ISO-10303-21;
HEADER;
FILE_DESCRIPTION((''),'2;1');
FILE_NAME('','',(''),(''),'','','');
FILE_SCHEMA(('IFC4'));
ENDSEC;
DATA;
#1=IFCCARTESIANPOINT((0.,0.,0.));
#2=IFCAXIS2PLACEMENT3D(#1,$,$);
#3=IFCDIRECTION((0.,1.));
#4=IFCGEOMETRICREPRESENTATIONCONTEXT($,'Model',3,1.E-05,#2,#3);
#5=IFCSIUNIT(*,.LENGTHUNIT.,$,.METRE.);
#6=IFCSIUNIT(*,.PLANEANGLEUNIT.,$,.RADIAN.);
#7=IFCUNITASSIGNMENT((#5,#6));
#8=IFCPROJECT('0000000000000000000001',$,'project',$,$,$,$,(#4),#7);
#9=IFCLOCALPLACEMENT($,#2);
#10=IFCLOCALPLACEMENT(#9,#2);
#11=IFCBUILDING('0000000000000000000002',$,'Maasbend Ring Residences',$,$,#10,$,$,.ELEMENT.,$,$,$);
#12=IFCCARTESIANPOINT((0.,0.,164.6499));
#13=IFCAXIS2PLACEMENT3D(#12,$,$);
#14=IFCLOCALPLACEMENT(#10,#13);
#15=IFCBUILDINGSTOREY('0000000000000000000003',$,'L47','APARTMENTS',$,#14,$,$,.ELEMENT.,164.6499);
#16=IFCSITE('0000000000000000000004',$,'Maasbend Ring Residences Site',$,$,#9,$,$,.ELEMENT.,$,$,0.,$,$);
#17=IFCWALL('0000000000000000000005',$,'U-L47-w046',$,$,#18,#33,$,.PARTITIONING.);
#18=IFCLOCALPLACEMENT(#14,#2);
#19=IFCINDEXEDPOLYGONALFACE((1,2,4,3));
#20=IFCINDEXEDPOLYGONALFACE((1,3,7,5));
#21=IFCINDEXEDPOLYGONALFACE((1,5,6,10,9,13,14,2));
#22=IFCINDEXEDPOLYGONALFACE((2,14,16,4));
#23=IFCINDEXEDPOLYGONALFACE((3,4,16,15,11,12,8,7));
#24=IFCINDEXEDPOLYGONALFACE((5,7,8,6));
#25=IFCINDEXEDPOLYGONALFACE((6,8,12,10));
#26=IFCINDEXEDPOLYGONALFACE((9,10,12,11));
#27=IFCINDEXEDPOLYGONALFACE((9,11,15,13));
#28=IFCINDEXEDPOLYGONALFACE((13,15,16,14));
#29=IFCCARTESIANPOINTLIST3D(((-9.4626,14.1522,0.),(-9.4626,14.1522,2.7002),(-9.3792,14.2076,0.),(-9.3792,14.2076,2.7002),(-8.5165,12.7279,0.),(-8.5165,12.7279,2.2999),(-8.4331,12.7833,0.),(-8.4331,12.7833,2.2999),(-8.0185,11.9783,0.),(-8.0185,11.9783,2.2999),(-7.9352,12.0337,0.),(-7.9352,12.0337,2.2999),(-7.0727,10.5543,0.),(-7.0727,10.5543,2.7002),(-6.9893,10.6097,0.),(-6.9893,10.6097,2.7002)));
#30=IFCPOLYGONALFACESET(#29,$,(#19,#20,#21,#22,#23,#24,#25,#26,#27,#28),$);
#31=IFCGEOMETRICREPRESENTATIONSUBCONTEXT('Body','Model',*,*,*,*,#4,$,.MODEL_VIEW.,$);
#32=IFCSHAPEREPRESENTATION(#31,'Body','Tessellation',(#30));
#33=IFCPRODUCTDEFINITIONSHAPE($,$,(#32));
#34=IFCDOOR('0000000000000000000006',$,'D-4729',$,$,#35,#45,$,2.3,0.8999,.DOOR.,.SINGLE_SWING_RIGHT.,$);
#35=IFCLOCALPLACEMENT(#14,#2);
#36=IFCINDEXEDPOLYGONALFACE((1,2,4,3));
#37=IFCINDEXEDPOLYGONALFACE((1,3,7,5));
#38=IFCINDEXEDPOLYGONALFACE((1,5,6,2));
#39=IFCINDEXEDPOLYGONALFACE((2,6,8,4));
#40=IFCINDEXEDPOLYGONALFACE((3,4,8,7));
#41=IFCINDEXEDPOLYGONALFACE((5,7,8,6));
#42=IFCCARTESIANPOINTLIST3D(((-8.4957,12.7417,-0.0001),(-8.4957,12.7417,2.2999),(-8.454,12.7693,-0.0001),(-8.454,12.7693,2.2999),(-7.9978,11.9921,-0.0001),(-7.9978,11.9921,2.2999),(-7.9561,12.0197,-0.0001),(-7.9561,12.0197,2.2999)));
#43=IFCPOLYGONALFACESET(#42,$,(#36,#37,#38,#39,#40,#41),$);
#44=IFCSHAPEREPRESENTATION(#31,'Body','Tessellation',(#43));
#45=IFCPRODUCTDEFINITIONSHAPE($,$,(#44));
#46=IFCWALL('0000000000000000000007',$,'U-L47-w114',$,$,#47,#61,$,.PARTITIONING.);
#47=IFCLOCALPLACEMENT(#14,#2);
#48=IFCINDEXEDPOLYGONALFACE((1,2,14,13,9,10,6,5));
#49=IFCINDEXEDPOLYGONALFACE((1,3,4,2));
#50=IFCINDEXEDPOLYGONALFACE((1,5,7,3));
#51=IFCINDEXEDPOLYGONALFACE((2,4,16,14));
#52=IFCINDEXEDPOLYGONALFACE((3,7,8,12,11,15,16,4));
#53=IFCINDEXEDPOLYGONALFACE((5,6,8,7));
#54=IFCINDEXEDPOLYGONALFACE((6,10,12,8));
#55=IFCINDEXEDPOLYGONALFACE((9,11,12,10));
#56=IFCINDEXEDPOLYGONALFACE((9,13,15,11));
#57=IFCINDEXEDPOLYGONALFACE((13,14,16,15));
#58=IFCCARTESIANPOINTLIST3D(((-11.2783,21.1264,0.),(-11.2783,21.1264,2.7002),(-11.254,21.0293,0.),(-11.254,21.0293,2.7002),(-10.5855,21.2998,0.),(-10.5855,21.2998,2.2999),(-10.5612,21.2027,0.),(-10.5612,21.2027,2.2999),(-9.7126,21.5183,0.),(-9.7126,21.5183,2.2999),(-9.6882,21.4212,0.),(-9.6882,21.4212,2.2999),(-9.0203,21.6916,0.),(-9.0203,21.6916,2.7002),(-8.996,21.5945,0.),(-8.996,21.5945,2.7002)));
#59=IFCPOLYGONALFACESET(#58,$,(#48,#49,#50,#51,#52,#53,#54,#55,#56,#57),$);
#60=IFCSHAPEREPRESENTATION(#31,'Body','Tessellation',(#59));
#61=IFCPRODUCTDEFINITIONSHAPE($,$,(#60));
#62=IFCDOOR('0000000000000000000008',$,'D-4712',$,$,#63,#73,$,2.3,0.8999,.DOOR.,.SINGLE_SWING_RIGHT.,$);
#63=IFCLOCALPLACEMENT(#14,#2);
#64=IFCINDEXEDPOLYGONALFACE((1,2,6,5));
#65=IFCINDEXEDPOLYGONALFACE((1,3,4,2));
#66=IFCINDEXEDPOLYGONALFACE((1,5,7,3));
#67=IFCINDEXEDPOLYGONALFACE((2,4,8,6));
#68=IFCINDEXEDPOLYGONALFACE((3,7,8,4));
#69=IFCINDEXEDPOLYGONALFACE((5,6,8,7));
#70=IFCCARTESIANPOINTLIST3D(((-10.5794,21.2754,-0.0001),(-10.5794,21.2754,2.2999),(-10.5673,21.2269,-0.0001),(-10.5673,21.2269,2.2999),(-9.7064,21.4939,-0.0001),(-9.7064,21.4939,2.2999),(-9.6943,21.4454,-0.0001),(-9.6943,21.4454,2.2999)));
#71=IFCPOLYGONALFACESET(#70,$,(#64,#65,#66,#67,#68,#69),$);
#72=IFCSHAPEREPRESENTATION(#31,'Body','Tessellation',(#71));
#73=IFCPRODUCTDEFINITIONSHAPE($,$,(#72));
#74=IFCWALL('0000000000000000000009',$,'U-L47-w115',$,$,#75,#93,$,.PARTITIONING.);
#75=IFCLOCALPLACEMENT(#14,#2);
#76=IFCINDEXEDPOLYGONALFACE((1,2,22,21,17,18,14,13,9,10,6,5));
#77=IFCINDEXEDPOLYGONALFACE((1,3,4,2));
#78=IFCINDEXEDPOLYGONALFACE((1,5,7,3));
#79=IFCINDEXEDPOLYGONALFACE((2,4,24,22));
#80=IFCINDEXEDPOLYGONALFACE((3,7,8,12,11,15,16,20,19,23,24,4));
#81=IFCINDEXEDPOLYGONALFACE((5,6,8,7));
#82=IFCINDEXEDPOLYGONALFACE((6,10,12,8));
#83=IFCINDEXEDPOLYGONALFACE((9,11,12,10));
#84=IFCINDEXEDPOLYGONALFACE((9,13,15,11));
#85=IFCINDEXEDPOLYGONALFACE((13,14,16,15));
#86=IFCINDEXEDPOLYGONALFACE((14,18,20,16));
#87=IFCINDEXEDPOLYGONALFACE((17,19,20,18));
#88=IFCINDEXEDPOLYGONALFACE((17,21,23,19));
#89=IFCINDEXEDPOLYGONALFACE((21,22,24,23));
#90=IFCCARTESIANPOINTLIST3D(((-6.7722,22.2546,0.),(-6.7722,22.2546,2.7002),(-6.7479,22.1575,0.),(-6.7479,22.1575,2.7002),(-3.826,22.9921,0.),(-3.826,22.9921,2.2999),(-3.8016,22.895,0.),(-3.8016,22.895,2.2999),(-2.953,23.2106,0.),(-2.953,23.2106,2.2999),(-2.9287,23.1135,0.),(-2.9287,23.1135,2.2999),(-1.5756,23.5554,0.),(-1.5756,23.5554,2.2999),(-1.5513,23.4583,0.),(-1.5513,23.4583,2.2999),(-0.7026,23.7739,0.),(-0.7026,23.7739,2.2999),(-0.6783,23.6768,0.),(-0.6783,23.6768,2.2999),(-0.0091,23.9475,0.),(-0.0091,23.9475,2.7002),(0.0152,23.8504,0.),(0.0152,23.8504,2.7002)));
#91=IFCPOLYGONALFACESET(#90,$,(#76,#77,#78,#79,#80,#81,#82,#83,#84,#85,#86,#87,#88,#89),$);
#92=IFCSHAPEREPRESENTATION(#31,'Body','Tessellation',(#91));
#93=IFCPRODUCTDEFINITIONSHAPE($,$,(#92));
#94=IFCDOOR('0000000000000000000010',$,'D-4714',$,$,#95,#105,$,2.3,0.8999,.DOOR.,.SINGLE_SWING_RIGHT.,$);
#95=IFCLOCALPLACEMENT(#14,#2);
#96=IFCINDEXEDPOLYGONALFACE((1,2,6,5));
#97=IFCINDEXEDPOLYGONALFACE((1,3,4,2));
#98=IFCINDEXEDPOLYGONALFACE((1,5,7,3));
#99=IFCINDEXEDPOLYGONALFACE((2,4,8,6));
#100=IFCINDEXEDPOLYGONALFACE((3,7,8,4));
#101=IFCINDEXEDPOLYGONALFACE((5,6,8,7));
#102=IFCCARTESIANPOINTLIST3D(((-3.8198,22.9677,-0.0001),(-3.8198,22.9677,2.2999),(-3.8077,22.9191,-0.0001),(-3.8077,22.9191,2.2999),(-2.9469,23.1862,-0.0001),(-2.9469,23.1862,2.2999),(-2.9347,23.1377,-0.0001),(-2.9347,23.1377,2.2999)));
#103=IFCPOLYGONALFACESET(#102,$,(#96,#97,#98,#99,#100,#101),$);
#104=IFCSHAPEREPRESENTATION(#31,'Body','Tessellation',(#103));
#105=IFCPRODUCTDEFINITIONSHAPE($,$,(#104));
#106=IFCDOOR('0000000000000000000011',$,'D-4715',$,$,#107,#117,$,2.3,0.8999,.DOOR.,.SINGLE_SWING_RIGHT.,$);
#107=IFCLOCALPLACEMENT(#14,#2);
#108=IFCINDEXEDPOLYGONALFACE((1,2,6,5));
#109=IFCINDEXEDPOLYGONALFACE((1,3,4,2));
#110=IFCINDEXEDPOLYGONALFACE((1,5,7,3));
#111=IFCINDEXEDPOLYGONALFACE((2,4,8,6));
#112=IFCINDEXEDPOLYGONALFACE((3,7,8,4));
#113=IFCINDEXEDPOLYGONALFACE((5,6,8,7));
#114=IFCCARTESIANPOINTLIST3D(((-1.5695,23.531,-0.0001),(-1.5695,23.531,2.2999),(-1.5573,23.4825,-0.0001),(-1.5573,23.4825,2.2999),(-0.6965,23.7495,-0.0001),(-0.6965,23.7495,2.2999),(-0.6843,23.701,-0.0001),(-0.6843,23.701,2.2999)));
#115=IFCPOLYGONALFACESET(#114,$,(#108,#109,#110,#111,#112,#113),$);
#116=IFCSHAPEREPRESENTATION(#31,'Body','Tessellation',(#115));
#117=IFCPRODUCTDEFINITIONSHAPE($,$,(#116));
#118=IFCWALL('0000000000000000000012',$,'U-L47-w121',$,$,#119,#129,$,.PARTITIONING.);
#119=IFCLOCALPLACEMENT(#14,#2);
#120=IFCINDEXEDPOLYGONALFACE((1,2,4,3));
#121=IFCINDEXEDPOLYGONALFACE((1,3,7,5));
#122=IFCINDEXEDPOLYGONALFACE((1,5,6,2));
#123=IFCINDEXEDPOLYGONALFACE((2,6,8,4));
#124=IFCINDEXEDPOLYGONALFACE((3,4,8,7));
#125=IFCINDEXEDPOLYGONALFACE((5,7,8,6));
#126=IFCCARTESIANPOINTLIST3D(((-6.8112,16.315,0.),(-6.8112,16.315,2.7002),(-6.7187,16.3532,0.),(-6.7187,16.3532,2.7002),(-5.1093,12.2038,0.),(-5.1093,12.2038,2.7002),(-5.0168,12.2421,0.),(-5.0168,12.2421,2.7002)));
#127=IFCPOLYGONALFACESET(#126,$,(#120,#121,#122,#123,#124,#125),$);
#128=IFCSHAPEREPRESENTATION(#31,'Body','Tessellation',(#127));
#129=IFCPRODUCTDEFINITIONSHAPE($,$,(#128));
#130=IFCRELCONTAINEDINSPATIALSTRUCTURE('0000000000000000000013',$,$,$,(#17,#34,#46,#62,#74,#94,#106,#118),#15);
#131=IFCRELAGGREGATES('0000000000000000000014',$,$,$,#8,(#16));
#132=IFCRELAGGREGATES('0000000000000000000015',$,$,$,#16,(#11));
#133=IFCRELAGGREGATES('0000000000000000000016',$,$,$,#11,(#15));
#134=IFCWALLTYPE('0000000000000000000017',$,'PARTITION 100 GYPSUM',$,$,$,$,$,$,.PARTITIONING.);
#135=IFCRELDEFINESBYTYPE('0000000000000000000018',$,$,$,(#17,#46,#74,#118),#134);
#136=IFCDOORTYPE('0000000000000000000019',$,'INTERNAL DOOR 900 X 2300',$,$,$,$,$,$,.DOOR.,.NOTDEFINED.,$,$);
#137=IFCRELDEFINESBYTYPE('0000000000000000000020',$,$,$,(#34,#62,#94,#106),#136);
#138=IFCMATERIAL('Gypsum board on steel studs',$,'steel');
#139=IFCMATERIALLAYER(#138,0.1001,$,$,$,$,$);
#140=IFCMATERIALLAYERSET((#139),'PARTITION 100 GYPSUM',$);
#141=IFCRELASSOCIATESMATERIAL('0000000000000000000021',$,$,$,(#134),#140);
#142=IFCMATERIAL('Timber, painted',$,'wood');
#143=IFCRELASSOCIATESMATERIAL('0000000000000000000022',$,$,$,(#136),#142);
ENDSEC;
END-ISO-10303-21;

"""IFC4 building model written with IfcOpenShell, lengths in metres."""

from ifc_helpers import new_model, si_unit, direction, frame, frame_2d, origin, place, context, subcontext, project, spatial, rectangle, extrude, material, layer, layer_set, type_object, element, fill, save


model = new_model("IFC4")

# Units and contexts
model_context = context("Model", 3, precision=1e-05, world=origin(), true_north=direction((0.0, 1.0)))
body_context = subcontext(model_context, "Body", "Model", "MODEL_VIEW")
ifc_project = project(units=[si_unit("LENGTHUNIT", "METRE"), si_unit("PLANEANGLEUNIT", "RADIAN")], contexts=[model_context])

# Site, building, storey
site_placement = place(None, origin())
site = spatial("IfcSite", under=ifc_project, at=site_placement, Name="Maasbend Ring Residences Site", CompositionType="ELEMENT", RefElevation=0.0)
building_placement = place(site_placement, origin())
building = spatial("IfcBuilding", under=site, at=building_placement, Name="Maasbend Ring Residences", CompositionType="ELEMENT")
storey_placement = place(building_placement, frame((0.0, 0.0, 164.6499)))
storey = spatial("IfcBuildingStorey", under=building, at=storey_placement, Name="L47", Description="APARTMENTS", CompositionType="ELEMENT", Elevation=164.6499)

# Shared definitions
ifc_material_1 = material(Name="Gypsum board on steel studs", Category="steel")
ifc_layer_1 = layer(ifc_material_1, 0.1001)
ifc_layer_set_1 = layer_set([ifc_layer_1], Name="PARTITION 100 GYPSUM")
wall_type_1 = type_object("IfcWallType", Name="PARTITION 100 GYPSUM", PredefinedType="PARTITIONING", material=ifc_layer_set_1)

# Walls, openings, doors
ifc_material_2 = material(Name="Timber, painted", Category="wood")
door_type_1 = type_object("IfcDoorType", Name="INTERNAL DOOR 900 X 2300", OperationType="NOTDEFINED", PredefinedType="DOOR", material=ifc_material_2)
wall_1_placement = place(storey_placement, frame((-9.4209, 14.1799, 0.0), z_axis=(0.0, 0.0, 1.0), x_axis=(0.553304, -0.83298, 0.0)))
wall_1 = element("IfcWall", 1, at=wall_1_placement, inside=storey, type_object=wall_type_1, Name="U-L47-w046", PredefinedType="PARTITIONING", context=body_context, shape_type="SweptSolid", body=[
    extrude(rectangle(XDim=4.3193, YDim=0.1001, at=frame_2d((2.1597, 0.0))), origin(), (0.0, 0.0, 1.0), 2.7002),
])
opening_1_placement = place(wall_1_placement, frame((1.71, 0.0, 0.0)))
opening_1 = element("IfcOpeningElement", 2, at=opening_1_placement, cuts=wall_1, PredefinedType="OPENING", context=body_context, shape_type="SweptSolid", body=[
    extrude(rectangle(XDim=0.8999, YDim=2.3, at=frame_2d((0.45, 1.1499))), frame((0.0, 0.0601, 0.0), z_axis=(0.0, -1.0, 0.0), x_axis=(1.0, 0.0, 0.0)), (0.0, 0.0, 1.0), 0.1201),
])
door_1_placement = place(opening_1_placement, origin())
door_1 = element("IfcDoor", 3, at=door_1_placement, inside=storey, type_object=door_type_1, Name="D-4729", OperationType="SINGLE_SWING_RIGHT", OverallHeight=2.3, OverallWidth=0.8999, PredefinedType="DOOR", context=body_context, shape_type="SweptSolid", body=[
    extrude(rectangle(XDim=0.8999, YDim=2.3, at=frame_2d((0.45, 1.1499))), frame((0.0, 0.0249, 0.0), z_axis=(0.0, -1.0, 0.0), x_axis=(1.0, 0.0, 0.0)), (0.0, 0.0, 1.0), 0.05),
])
fill(opening_1, door_1)
wall_2_placement = place(storey_placement, frame((-11.2661, 21.0779, 0.0), z_axis=(0.0, 0.0, 1.0), x_axis=(0.970075, 0.242807, 0.0)))
wall_2 = element("IfcWall", 4, at=wall_2_placement, inside=storey, type_object=wall_type_1, Name="U-L47-w114", PredefinedType="PARTITIONING", context=body_context, shape_type="SweptSolid", body=[
    extrude(rectangle(XDim=2.3276, YDim=0.1001, at=frame_2d((1.1638, 0.0))), origin(), (0.0, 0.0, 1.0), 2.7002),
])
opening_2_placement = place(wall_2_placement, frame((0.7141, 0.0, 0.0)))
opening_2 = element("IfcOpeningElement", 5, at=opening_2_placement, cuts=wall_2, PredefinedType="OPENING", context=body_context, shape_type="SweptSolid", body=[
    extrude(rectangle(XDim=0.8999, YDim=2.3, at=frame_2d((0.45, 1.1499))), frame((0.0, 0.0601, 0.0), z_axis=(0.0, -1.0, 0.0), x_axis=(1.0, 0.0, 0.0)), (0.0, 0.0, 1.0), 0.1201),
])
door_2_placement = place(opening_2_placement, origin())
door_2 = element("IfcDoor", 6, at=door_2_placement, inside=storey, type_object=door_type_1, Name="D-4712", OperationType="SINGLE_SWING_RIGHT", OverallHeight=2.3, OverallWidth=0.8999, PredefinedType="DOOR", context=body_context, shape_type="SweptSolid", body=[
    extrude(rectangle(XDim=0.8999, YDim=2.3, at=frame_2d((0.45, 1.1499))), frame((0.0, 0.0249, 0.0), z_axis=(0.0, -1.0, 0.0), x_axis=(1.0, 0.0, 0.0)), (0.0, 0.0, 1.0), 0.05),
])
fill(opening_2, door_2)

# Wall, openings, doors
wall_3_placement = place(storey_placement, frame((-6.76, 22.2061, 0.0), z_axis=(0.0, 0.0, 1.0), x_axis=(0.97007, 0.242824, 0.0)))
wall_3 = element("IfcWall", 7, at=wall_3_placement, inside=storey, type_object=wall_type_1, Name="U-L47-w115", PredefinedType="PARTITIONING", context=body_context, shape_type="SweptSolid", body=[
    extrude(rectangle(XDim=6.9717, YDim=0.1001, at=frame_2d((3.4858, 0.0))), origin(), (0.0, 0.0, 1.0), 2.7002),
])
opening_3_placement = place(wall_3_placement, frame((3.0371, 0.0, 0.0)))
opening_3 = element("IfcOpeningElement", 8, at=opening_3_placement, cuts=wall_3, PredefinedType="OPENING", context=body_context, shape_type="SweptSolid", body=[
    extrude(rectangle(XDim=0.8999, YDim=2.3, at=frame_2d((0.45, 1.1499))), frame((0.0, 0.0601, 0.0), z_axis=(0.0, -1.0, 0.0), x_axis=(1.0, 0.0, 0.0)), (0.0, 0.0, 1.0), 0.1201),
])
opening_4_placement = place(wall_3_placement, frame((5.3569, 0.0, 0.0)))
opening_4 = element("IfcOpeningElement", 9, at=opening_4_placement, cuts=wall_3, PredefinedType="OPENING", context=body_context, shape_type="SweptSolid", body=[
    extrude(rectangle(XDim=0.8999, YDim=2.3, at=frame_2d((0.45, 1.1499))), frame((0.0, 0.0601, 0.0), z_axis=(0.0, -1.0, 0.0), x_axis=(1.0, 0.0, 0.0)), (0.0, 0.0, 1.0), 0.1201),
])
door_3_placement = place(opening_3_placement, origin())
door_3 = element("IfcDoor", 10, at=door_3_placement, inside=storey, type_object=door_type_1, Name="D-4714", OperationType="SINGLE_SWING_RIGHT", OverallHeight=2.3, OverallWidth=0.8999, PredefinedType="DOOR", context=body_context, shape_type="SweptSolid", body=[
    extrude(rectangle(XDim=0.8999, YDim=2.3, at=frame_2d((0.45, 1.1499))), frame((0.0, 0.0249, 0.0), z_axis=(0.0, -1.0, 0.0), x_axis=(1.0, 0.0, 0.0)), (0.0, 0.0, 1.0), 0.05),
])
fill(opening_3, door_3)
door_4_placement = place(opening_4_placement, origin())
door_4 = element("IfcDoor", 11, at=door_4_placement, inside=storey, type_object=door_type_1, Name="D-4715", OperationType="SINGLE_SWING_RIGHT", OverallHeight=2.3, OverallWidth=0.8999, PredefinedType="DOOR", context=body_context, shape_type="SweptSolid", body=[
    extrude(rectangle(XDim=0.8999, YDim=2.3, at=frame_2d((0.45, 1.1499))), frame((0.0, 0.0249, 0.0), z_axis=(0.0, -1.0, 0.0), x_axis=(1.0, 0.0, 0.0)), (0.0, 0.0, 1.0), 0.05),
])
fill(opening_4, door_4)

# Wall
wall_4_placement = place(storey_placement, frame((-6.7649, 16.334, 0.0), z_axis=(0.0, 0.0, 1.0), x_axis=(0.382499, -0.923956, 0.0)))
element("IfcWall", 12, at=wall_4_placement, inside=storey, type_object=wall_type_1, Name="U-L47-w121", PredefinedType="PARTITIONING", context=body_context, shape_type="SweptSolid", body=[
    extrude(rectangle(XDim=4.4495, YDim=0.1001, at=frame_2d((2.2246, 0.0))), origin(), (0.0, 0.0, 1.0), 2.7002),
])

save(model, "model.ifc")
